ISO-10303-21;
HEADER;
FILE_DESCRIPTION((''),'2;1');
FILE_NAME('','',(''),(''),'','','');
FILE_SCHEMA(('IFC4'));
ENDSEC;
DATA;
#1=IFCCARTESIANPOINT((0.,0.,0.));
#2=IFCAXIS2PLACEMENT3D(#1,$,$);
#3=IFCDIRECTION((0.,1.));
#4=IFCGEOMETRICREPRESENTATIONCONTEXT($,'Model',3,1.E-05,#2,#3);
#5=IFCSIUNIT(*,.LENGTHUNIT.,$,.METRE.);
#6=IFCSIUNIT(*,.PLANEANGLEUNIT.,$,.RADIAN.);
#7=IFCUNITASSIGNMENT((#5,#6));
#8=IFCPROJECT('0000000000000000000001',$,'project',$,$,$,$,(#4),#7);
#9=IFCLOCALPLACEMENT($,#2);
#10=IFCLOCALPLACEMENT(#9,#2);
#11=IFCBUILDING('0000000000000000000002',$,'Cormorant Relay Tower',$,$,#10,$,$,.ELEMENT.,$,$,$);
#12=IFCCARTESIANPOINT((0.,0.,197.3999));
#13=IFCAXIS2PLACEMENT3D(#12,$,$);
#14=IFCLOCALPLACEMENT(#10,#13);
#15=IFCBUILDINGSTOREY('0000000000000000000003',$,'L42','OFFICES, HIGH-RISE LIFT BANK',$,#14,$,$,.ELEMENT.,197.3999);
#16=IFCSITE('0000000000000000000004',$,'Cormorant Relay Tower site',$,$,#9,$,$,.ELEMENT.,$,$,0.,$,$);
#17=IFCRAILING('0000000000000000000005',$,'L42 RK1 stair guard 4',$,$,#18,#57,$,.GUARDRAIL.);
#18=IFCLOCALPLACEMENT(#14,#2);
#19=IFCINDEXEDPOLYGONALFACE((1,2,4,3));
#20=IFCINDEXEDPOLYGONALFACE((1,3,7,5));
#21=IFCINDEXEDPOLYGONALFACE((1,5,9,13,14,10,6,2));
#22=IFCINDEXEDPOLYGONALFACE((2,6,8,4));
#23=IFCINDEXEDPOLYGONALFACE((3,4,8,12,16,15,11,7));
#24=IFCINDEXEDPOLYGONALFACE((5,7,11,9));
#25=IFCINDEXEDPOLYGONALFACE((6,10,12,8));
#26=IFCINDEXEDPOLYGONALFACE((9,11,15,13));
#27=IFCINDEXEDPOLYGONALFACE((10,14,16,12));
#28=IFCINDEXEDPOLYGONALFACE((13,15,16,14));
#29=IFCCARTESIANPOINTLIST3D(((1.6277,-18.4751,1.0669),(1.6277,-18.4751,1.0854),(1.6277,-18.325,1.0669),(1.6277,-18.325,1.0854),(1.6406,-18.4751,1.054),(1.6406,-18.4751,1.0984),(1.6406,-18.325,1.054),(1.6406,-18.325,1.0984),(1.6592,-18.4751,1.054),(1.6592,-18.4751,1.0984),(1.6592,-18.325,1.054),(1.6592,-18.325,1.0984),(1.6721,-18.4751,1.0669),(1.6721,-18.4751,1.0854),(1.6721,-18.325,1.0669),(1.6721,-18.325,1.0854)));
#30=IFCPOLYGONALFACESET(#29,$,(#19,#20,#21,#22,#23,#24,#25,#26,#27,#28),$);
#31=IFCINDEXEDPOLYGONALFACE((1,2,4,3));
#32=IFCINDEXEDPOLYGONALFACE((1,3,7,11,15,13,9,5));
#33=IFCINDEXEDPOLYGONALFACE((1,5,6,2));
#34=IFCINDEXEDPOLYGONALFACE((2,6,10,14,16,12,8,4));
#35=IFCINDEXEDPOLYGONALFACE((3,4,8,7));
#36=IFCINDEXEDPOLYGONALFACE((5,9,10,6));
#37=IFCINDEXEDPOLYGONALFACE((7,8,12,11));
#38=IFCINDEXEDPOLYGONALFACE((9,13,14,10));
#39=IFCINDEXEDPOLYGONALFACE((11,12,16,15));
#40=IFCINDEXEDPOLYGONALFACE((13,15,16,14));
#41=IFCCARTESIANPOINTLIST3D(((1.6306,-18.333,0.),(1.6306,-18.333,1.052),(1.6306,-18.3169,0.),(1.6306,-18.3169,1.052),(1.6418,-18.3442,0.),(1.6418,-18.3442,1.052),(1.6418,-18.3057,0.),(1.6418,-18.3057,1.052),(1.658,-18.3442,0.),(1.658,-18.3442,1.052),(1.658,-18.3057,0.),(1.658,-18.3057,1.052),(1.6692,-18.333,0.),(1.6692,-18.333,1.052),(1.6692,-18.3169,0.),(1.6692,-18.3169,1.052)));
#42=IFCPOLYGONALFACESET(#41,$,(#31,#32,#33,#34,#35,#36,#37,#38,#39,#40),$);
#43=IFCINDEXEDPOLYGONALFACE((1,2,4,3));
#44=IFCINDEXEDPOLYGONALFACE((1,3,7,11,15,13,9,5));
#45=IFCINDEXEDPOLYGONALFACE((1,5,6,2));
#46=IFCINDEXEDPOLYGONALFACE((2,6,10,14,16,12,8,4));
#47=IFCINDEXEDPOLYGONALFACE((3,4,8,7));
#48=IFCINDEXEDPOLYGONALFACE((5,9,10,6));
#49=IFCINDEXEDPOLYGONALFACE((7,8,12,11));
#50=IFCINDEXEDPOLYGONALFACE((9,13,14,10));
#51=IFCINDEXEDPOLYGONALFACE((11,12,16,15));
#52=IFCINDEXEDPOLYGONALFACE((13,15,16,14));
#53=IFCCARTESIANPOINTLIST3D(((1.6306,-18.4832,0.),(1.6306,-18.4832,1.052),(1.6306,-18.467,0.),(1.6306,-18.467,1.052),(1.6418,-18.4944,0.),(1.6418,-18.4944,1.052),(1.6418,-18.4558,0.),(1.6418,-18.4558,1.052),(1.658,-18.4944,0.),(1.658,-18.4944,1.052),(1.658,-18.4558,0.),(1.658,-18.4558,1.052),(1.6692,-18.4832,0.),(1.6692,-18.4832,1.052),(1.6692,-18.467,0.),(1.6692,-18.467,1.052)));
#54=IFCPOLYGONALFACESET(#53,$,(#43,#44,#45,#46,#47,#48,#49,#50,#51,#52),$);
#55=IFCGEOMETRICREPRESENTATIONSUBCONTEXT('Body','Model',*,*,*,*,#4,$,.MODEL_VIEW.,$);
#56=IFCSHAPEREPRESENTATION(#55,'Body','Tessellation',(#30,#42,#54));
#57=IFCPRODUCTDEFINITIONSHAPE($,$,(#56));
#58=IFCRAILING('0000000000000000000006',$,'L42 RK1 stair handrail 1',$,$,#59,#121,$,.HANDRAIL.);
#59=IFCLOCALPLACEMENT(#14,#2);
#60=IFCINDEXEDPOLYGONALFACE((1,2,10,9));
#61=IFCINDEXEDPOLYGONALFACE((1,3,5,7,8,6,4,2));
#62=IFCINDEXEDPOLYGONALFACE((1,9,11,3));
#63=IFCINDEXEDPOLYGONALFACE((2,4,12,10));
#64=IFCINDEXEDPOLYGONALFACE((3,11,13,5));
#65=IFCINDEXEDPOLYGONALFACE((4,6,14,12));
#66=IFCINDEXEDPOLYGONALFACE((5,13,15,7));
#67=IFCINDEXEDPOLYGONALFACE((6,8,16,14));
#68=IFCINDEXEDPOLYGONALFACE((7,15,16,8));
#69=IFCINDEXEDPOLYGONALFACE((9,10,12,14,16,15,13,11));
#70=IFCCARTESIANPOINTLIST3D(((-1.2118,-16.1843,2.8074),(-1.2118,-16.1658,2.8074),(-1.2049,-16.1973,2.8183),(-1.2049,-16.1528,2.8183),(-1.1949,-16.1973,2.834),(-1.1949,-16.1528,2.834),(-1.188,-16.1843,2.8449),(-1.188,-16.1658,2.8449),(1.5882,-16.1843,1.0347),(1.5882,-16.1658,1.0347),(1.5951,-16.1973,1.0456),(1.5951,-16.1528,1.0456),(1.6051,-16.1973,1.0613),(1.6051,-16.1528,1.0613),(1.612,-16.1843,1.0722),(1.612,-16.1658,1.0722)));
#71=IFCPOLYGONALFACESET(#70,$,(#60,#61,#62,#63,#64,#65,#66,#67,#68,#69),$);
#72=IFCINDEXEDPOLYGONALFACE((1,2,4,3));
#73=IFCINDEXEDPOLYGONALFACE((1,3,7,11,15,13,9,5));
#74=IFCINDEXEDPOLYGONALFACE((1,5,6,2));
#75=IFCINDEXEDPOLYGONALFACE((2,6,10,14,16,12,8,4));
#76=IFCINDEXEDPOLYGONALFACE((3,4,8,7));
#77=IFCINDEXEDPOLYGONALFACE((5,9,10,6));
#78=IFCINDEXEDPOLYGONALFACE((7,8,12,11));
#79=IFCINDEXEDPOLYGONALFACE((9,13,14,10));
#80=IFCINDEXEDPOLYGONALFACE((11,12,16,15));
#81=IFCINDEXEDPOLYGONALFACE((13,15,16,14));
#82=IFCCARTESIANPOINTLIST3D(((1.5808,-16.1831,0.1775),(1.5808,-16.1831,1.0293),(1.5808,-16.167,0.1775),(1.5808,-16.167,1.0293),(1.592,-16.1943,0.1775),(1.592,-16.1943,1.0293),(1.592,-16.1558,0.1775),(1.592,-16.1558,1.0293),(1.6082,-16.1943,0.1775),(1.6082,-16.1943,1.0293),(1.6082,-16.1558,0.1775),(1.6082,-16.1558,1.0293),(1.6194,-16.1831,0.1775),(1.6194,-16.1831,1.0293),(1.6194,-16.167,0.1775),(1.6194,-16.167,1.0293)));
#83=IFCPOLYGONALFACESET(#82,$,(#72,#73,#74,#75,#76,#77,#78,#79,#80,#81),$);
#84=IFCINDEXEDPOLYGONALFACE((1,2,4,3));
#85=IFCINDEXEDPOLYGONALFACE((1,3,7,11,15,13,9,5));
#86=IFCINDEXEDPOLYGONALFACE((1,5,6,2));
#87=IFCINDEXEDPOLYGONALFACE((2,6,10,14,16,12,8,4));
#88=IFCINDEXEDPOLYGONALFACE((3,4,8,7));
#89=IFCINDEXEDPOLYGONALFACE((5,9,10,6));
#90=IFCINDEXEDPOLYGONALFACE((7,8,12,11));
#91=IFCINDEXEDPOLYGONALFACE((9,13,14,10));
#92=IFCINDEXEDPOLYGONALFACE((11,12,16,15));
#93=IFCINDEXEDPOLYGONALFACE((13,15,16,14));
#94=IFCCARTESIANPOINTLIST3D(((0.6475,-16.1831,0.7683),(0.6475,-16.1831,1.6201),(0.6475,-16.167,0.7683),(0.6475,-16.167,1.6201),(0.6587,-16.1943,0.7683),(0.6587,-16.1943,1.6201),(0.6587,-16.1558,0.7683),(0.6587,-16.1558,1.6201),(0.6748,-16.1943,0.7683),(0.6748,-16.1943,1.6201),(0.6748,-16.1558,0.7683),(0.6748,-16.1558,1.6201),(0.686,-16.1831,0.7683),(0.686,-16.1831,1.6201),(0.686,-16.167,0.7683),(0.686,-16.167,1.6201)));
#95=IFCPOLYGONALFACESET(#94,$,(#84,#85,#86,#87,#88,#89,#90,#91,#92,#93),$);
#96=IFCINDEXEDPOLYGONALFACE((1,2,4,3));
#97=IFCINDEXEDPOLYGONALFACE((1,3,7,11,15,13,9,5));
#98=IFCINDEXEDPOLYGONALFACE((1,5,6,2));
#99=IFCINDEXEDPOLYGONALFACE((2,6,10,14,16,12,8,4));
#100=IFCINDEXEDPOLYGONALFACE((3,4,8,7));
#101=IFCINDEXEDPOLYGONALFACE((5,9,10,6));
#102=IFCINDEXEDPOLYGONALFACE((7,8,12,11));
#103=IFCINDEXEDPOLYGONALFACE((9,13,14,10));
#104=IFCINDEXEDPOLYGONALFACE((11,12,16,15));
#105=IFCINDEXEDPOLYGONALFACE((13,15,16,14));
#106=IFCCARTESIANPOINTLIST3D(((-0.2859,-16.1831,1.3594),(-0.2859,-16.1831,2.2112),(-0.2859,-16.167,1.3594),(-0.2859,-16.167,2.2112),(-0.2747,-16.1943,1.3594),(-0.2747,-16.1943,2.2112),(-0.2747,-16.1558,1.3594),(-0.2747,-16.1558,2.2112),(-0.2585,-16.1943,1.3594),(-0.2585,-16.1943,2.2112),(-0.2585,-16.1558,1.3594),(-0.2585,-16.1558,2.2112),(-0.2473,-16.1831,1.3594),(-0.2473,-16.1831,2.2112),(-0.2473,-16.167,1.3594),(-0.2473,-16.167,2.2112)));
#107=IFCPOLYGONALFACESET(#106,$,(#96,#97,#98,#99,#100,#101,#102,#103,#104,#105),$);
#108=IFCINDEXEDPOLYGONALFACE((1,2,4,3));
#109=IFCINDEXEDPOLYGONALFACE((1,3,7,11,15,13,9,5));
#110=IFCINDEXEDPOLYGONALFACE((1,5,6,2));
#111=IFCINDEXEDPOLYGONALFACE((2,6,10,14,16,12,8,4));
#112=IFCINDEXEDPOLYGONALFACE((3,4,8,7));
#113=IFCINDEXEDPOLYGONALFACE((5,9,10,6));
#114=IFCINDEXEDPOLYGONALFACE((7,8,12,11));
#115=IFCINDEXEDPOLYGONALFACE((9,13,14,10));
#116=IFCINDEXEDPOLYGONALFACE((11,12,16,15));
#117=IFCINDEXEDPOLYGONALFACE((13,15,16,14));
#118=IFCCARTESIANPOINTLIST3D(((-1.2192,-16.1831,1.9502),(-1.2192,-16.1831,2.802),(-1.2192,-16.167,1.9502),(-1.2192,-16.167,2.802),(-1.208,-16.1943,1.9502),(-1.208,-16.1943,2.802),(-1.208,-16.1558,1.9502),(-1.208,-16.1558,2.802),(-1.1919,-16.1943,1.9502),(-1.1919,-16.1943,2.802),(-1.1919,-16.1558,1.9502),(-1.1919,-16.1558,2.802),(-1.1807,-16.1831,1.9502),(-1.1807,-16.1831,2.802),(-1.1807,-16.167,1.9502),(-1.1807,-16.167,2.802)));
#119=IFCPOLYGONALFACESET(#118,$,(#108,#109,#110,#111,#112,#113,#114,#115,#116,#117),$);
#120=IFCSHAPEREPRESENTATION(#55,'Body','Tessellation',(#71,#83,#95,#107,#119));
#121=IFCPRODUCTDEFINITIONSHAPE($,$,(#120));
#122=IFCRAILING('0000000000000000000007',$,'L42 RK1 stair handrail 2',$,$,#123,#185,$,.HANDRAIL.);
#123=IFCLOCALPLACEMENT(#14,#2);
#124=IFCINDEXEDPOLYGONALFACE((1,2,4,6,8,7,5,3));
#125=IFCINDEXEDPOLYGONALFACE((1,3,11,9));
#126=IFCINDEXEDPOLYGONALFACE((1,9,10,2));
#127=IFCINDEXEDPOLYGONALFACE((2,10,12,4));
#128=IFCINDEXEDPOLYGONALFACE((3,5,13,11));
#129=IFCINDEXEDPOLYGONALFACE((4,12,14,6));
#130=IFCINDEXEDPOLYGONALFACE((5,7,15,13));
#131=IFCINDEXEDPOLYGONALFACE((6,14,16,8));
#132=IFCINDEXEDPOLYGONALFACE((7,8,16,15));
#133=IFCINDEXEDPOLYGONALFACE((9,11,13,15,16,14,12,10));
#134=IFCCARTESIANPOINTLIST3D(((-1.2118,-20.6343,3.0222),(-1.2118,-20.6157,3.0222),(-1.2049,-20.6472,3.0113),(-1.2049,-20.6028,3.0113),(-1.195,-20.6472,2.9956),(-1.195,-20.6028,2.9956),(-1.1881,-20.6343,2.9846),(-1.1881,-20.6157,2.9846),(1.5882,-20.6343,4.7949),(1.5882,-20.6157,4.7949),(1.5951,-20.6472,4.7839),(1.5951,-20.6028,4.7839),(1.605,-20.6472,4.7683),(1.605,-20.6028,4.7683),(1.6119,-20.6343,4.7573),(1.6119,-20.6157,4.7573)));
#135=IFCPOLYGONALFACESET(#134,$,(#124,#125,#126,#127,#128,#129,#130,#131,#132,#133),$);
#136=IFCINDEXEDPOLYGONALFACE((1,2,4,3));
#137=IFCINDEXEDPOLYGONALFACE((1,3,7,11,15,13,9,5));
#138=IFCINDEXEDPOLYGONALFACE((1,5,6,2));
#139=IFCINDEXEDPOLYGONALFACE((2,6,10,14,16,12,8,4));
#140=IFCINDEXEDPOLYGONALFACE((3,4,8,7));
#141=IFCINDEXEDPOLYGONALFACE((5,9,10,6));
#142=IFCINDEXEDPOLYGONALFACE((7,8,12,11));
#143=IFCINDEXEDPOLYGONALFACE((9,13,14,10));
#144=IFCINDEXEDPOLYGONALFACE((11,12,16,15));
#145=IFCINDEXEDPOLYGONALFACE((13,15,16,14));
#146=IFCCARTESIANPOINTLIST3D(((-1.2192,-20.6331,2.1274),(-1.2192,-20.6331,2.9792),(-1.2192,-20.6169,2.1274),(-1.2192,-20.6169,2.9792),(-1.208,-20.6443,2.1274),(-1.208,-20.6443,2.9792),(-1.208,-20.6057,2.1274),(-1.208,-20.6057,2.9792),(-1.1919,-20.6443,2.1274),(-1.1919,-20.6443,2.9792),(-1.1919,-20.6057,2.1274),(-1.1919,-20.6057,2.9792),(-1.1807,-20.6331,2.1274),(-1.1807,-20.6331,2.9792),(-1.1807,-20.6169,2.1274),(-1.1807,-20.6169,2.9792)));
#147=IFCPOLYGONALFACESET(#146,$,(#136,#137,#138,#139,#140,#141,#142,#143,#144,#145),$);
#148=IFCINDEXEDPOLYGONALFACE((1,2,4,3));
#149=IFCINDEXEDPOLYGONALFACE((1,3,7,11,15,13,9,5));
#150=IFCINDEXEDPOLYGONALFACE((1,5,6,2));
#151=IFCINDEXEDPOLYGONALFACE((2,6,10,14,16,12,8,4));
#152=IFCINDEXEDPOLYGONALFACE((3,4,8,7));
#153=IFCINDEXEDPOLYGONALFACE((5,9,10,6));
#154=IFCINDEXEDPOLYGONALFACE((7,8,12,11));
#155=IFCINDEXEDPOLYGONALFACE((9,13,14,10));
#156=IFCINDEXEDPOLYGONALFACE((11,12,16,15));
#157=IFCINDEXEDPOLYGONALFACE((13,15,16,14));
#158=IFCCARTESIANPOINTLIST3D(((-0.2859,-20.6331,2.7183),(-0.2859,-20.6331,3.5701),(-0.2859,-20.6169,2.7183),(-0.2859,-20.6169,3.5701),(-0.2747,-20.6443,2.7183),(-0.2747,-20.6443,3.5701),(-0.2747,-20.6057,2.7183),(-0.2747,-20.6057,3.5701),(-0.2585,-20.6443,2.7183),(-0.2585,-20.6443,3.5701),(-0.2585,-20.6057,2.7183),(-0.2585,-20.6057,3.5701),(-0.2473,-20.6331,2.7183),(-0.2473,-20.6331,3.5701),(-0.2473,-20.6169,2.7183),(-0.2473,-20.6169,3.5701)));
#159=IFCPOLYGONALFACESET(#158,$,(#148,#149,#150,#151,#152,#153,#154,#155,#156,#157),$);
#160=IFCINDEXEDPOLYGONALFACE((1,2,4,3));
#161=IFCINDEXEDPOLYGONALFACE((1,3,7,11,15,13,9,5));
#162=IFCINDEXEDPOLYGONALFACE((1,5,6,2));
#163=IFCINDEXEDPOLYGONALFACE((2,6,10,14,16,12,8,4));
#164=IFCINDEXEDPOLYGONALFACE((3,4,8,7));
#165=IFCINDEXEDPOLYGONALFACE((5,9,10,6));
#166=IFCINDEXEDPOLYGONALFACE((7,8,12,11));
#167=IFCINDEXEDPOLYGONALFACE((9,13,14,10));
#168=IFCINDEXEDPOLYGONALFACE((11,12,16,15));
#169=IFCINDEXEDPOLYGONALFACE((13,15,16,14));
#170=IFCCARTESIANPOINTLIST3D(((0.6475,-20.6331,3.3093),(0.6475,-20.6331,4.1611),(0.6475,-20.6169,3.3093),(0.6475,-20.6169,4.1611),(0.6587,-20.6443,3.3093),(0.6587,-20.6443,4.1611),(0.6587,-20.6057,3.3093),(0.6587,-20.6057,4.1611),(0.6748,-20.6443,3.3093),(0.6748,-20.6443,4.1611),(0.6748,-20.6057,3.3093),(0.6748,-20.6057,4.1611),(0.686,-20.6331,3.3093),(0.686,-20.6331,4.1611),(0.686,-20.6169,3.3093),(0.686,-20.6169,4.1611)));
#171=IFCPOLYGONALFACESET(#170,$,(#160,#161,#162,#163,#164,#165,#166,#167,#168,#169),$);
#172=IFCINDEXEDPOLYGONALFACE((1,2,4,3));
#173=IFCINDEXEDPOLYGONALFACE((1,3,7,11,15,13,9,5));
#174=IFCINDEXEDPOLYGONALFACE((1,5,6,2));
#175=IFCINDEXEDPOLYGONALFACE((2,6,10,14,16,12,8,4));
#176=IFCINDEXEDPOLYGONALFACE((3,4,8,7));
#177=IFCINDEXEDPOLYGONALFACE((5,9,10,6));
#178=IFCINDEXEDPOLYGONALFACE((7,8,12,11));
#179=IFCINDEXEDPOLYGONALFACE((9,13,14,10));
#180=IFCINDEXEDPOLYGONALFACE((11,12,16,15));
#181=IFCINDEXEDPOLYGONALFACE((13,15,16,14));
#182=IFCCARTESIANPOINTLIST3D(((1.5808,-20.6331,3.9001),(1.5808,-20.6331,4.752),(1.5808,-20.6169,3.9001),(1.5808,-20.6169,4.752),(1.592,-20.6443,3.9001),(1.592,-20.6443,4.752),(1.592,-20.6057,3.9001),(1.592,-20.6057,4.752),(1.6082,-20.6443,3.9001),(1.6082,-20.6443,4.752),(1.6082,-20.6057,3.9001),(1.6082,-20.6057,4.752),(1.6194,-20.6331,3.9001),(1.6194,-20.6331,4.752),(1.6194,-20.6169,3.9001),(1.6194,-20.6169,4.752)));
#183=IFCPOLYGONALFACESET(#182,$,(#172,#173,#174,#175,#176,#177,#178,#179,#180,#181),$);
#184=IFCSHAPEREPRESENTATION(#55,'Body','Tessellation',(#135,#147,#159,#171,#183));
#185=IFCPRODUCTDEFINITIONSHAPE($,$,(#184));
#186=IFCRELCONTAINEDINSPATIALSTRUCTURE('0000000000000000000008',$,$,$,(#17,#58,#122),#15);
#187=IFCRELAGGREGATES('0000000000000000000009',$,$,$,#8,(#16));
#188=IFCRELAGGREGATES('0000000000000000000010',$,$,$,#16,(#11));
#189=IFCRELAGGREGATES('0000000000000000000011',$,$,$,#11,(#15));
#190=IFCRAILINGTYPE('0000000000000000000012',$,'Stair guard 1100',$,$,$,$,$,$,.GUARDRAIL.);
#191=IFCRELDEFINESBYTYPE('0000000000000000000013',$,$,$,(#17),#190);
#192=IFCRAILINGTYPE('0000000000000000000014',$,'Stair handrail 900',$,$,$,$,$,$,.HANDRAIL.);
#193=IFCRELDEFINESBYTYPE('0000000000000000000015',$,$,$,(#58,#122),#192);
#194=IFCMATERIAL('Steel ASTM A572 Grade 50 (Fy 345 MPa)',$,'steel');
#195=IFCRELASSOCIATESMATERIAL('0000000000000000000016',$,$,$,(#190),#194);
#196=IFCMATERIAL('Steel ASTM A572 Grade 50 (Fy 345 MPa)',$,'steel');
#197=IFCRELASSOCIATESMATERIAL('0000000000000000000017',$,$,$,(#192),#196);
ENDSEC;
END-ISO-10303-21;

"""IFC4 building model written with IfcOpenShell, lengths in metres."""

from ifc_helpers import new_model, si_unit, direction, frame, origin, place, context, subcontext, project, spatial, polyline, outline, extrude, material, type_object, element, save


model = new_model("IFC4")

# Units and contexts
model_context = context("Model", 3, precision=1e-05, world=origin(), true_north=direction((0.0, 1.0)))
body_context = subcontext(model_context, "Body", "Model", "MODEL_VIEW")
ifc_project = project(units=[si_unit("LENGTHUNIT", "METRE"), si_unit("PLANEANGLEUNIT", "RADIAN")], contexts=[model_context])

# Site, building, storey
site_placement = place(None, origin())
site = spatial("IfcSite", under=ifc_project, at=site_placement, Name="Cormorant Relay Tower site", CompositionType="ELEMENT", RefElevation=0.0)
building_placement = place(site_placement, origin())
building = spatial("IfcBuilding", under=site, at=building_placement, Name="Cormorant Relay Tower", CompositionType="ELEMENT")
storey_placement = place(building_placement, frame((0.0, 0.0, 197.3999)))
storey = spatial("IfcBuildingStorey", under=building, at=storey_placement, Name="L42", Description="OFFICES, HIGH-RISE LIFT BANK", CompositionType="ELEMENT", Elevation=197.3999)

# Railings
ifc_material_1 = material(Name="Steel ASTM A572 Grade 50 (Fy 345 MPa)", Category="steel")
railing_type_1 = type_object("IfcRailingType", Name="Stair guard 1100", PredefinedType="GUARDRAIL", material=ifc_material_1)
railing_1_placement = place(storey_placement, frame((1.6499, -18.325, 0.0)))
element("IfcRailing", 1, at=railing_1_placement, inside=storey, type_object=railing_type_1, Name="L42 RK1 stair guard 4", PredefinedType="GUARDRAIL", context=body_context, shape_type="SweptSolid", body=[
    extrude(outline(polyline([(0.0222, 0.0093), (0.0093, 0.0222), (-0.0093, 0.0222), (-0.0222, 0.0093), (-0.0222, -0.0093), (-0.0093, -0.0222), (0.0093, -0.0222), (0.0222, -0.0093), (0.0222, 0.0093)])), frame((0.0, 0.0, 1.0762), z_axis=(0.0, -1.0, 0.0), x_axis=(1.0, 0.0, 0.0)), (0.0, 0.0, 1.0), 0.1501),
    extrude(outline(polyline([(0.0193, 0.0081), (0.0081, 0.0193), (-0.0081, 0.0193), (-0.0193, 0.0081), (-0.0193, -0.0081), (-0.0081, -0.0193), (0.0081, -0.0193), (0.0193, -0.0081), (0.0193, 0.0081)])), origin(), (0.0, 0.0, 1.0), 1.052),
    extrude(outline(polyline([(0.0193, 0.0081), (0.0081, 0.0193), (-0.0081, 0.0193), (-0.0193, 0.0081), (-0.0193, -0.0081), (-0.0081, -0.0193), (0.0081, -0.0193), (0.0193, -0.0081), (0.0193, 0.0081)])), frame((0.0, -0.1501, 0.0)), (0.0, 0.0, 1.0), 1.052),
])
ifc_material_2 = material(Name="Steel ASTM A572 Grade 50 (Fy 345 MPa)", Category="steel")
railing_type_2 = type_object("IfcRailingType", Name="Stair handrail 900", PredefinedType="HANDRAIL", material=ifc_material_2)
railing_2_placement = place(storey_placement, frame((1.6001, -16.175, 0.1775)))
element("IfcRailing", 2, at=railing_2_placement, inside=storey, type_object=railing_type_2, Name="L42 RK1 stair handrail 1", PredefinedType="HANDRAIL", context=body_context, shape_type="SweptSolid", body=[
    extrude(outline(polyline([(0.0222, 0.0093), (0.0093, 0.0222), (-0.0093, 0.0222), (-0.0222, 0.0093), (-0.0222, -0.0093), (-0.0093, -0.0222), (0.0093, -0.0222), (0.0222, -0.0093), (0.0222, 0.0093)])), frame((0.0, 0.0, 0.876), z_axis=(-0.844909, 0.0, 0.53491), x_axis=(0.0, -1.0, 0.0)), (0.0, 0.0, 1.0), 3.314),
    extrude(outline(polyline([(0.0193, 0.0081), (0.0081, 0.0193), (-0.0081, 0.0193), (-0.0193, 0.0081), (-0.0193, -0.0081), (-0.0081, -0.0193), (0.0081, -0.0193), (0.0193, -0.0081), (0.0193, 0.0081)])), origin(), (0.0, 0.0, 1.0), 0.8518),
    extrude(outline(polyline([(0.0193, 0.0081), (0.0081, 0.0193), (-0.0081, 0.0193), (-0.0193, 0.0081), (-0.0193, -0.0081), (-0.0081, -0.0193), (0.0081, -0.0193), (0.0193, -0.0081), (0.0193, 0.0081)])), frame((-0.9333, 0.0, 0.5908)), (0.0, 0.0, 1.0), 0.8518),
    extrude(outline(polyline([(0.0193, 0.0081), (0.0081, 0.0193), (-0.0081, 0.0193), (-0.0193, 0.0081), (-0.0193, -0.0081), (-0.0081, -0.0193), (0.0081, -0.0193), (0.0193, -0.0081), (0.0193, 0.0081)])), frame((-1.8667, 0.0, 1.1819)), (0.0, 0.0, 1.0), 0.8518),
    extrude(outline(polyline([(0.0193, 0.0081), (0.0081, 0.0193), (-0.0081, 0.0193), (-0.0193, 0.0081), (-0.0193, -0.0081), (-0.0081, -0.0193), (0.0081, -0.0193), (0.0193, -0.0081), (0.0193, 0.0081)])), frame((-2.8, 0.0, 1.7727)), (0.0, 0.0, 1.0), 0.8518),
])
railing_3_placement = place(storey_placement, frame((-1.2, -20.625, 2.1274)))
element("IfcRailing", 3, at=railing_3_placement, inside=storey, type_object=railing_type_2, Name="L42 RK1 stair handrail 2", PredefinedType="HANDRAIL", context=body_context, shape_type="SweptSolid", body=[
    extrude(outline(polyline([(0.0222, 0.0093), (0.0093, 0.0222), (-0.0093, 0.0222), (-0.0222, 0.0093), (-0.0222, -0.0093), (-0.0093, -0.0222), (0.0093, -0.0222), (0.0222, -0.0093), (0.0222, 0.0093)])), frame((0.0, 0.0, 0.876), z_axis=(0.844909, 0.0, 0.53491), x_axis=(0.0, 1.0, 0.0)), (0.0, 0.0, 1.0), 3.314),
    extrude(outline(polyline([(0.0193, 0.0081), (0.0081, 0.0193), (-0.0081, 0.0193), (-0.0193, 0.0081), (-0.0193, -0.0081), (-0.0081, -0.0193), (0.0081, -0.0193), (0.0193, -0.0081), (0.0193, 0.0081)])), origin(), (0.0, 0.0, 1.0), 0.8518),
    extrude(outline(polyline([(0.0193, 0.0081), (0.0081, 0.0193), (-0.0081, 0.0193), (-0.0193, 0.0081), (-0.0193, -0.0081), (-0.0081, -0.0193), (0.0081, -0.0193), (0.0193, -0.0081), (0.0193, 0.0081)])), frame((0.9333, 0.0, 0.5908)), (0.0, 0.0, 1.0), 0.8518),
    extrude(outline(polyline([(0.0193, 0.0081), (0.0081, 0.0193), (-0.0081, 0.0193), (-0.0193, 0.0081), (-0.0193, -0.0081), (-0.0081, -0.0193), (0.0081, -0.0193), (0.0193, -0.0081), (0.0193, 0.0081)])), frame((1.8667, 0.0, 1.1819)), (0.0, 0.0, 1.0), 0.8518),
    extrude(outline(polyline([(0.0193, 0.0081), (0.0081, 0.0193), (-0.0081, 0.0193), (-0.0193, 0.0081), (-0.0193, -0.0081), (-0.0081, -0.0193), (0.0081, -0.0193), (0.0193, -0.0081), (0.0193, 0.0081)])), frame((2.8, 0.0, 1.7727)), (0.0, 0.0, 1.0), 0.8518),
])

save(model, "model.ifc")
